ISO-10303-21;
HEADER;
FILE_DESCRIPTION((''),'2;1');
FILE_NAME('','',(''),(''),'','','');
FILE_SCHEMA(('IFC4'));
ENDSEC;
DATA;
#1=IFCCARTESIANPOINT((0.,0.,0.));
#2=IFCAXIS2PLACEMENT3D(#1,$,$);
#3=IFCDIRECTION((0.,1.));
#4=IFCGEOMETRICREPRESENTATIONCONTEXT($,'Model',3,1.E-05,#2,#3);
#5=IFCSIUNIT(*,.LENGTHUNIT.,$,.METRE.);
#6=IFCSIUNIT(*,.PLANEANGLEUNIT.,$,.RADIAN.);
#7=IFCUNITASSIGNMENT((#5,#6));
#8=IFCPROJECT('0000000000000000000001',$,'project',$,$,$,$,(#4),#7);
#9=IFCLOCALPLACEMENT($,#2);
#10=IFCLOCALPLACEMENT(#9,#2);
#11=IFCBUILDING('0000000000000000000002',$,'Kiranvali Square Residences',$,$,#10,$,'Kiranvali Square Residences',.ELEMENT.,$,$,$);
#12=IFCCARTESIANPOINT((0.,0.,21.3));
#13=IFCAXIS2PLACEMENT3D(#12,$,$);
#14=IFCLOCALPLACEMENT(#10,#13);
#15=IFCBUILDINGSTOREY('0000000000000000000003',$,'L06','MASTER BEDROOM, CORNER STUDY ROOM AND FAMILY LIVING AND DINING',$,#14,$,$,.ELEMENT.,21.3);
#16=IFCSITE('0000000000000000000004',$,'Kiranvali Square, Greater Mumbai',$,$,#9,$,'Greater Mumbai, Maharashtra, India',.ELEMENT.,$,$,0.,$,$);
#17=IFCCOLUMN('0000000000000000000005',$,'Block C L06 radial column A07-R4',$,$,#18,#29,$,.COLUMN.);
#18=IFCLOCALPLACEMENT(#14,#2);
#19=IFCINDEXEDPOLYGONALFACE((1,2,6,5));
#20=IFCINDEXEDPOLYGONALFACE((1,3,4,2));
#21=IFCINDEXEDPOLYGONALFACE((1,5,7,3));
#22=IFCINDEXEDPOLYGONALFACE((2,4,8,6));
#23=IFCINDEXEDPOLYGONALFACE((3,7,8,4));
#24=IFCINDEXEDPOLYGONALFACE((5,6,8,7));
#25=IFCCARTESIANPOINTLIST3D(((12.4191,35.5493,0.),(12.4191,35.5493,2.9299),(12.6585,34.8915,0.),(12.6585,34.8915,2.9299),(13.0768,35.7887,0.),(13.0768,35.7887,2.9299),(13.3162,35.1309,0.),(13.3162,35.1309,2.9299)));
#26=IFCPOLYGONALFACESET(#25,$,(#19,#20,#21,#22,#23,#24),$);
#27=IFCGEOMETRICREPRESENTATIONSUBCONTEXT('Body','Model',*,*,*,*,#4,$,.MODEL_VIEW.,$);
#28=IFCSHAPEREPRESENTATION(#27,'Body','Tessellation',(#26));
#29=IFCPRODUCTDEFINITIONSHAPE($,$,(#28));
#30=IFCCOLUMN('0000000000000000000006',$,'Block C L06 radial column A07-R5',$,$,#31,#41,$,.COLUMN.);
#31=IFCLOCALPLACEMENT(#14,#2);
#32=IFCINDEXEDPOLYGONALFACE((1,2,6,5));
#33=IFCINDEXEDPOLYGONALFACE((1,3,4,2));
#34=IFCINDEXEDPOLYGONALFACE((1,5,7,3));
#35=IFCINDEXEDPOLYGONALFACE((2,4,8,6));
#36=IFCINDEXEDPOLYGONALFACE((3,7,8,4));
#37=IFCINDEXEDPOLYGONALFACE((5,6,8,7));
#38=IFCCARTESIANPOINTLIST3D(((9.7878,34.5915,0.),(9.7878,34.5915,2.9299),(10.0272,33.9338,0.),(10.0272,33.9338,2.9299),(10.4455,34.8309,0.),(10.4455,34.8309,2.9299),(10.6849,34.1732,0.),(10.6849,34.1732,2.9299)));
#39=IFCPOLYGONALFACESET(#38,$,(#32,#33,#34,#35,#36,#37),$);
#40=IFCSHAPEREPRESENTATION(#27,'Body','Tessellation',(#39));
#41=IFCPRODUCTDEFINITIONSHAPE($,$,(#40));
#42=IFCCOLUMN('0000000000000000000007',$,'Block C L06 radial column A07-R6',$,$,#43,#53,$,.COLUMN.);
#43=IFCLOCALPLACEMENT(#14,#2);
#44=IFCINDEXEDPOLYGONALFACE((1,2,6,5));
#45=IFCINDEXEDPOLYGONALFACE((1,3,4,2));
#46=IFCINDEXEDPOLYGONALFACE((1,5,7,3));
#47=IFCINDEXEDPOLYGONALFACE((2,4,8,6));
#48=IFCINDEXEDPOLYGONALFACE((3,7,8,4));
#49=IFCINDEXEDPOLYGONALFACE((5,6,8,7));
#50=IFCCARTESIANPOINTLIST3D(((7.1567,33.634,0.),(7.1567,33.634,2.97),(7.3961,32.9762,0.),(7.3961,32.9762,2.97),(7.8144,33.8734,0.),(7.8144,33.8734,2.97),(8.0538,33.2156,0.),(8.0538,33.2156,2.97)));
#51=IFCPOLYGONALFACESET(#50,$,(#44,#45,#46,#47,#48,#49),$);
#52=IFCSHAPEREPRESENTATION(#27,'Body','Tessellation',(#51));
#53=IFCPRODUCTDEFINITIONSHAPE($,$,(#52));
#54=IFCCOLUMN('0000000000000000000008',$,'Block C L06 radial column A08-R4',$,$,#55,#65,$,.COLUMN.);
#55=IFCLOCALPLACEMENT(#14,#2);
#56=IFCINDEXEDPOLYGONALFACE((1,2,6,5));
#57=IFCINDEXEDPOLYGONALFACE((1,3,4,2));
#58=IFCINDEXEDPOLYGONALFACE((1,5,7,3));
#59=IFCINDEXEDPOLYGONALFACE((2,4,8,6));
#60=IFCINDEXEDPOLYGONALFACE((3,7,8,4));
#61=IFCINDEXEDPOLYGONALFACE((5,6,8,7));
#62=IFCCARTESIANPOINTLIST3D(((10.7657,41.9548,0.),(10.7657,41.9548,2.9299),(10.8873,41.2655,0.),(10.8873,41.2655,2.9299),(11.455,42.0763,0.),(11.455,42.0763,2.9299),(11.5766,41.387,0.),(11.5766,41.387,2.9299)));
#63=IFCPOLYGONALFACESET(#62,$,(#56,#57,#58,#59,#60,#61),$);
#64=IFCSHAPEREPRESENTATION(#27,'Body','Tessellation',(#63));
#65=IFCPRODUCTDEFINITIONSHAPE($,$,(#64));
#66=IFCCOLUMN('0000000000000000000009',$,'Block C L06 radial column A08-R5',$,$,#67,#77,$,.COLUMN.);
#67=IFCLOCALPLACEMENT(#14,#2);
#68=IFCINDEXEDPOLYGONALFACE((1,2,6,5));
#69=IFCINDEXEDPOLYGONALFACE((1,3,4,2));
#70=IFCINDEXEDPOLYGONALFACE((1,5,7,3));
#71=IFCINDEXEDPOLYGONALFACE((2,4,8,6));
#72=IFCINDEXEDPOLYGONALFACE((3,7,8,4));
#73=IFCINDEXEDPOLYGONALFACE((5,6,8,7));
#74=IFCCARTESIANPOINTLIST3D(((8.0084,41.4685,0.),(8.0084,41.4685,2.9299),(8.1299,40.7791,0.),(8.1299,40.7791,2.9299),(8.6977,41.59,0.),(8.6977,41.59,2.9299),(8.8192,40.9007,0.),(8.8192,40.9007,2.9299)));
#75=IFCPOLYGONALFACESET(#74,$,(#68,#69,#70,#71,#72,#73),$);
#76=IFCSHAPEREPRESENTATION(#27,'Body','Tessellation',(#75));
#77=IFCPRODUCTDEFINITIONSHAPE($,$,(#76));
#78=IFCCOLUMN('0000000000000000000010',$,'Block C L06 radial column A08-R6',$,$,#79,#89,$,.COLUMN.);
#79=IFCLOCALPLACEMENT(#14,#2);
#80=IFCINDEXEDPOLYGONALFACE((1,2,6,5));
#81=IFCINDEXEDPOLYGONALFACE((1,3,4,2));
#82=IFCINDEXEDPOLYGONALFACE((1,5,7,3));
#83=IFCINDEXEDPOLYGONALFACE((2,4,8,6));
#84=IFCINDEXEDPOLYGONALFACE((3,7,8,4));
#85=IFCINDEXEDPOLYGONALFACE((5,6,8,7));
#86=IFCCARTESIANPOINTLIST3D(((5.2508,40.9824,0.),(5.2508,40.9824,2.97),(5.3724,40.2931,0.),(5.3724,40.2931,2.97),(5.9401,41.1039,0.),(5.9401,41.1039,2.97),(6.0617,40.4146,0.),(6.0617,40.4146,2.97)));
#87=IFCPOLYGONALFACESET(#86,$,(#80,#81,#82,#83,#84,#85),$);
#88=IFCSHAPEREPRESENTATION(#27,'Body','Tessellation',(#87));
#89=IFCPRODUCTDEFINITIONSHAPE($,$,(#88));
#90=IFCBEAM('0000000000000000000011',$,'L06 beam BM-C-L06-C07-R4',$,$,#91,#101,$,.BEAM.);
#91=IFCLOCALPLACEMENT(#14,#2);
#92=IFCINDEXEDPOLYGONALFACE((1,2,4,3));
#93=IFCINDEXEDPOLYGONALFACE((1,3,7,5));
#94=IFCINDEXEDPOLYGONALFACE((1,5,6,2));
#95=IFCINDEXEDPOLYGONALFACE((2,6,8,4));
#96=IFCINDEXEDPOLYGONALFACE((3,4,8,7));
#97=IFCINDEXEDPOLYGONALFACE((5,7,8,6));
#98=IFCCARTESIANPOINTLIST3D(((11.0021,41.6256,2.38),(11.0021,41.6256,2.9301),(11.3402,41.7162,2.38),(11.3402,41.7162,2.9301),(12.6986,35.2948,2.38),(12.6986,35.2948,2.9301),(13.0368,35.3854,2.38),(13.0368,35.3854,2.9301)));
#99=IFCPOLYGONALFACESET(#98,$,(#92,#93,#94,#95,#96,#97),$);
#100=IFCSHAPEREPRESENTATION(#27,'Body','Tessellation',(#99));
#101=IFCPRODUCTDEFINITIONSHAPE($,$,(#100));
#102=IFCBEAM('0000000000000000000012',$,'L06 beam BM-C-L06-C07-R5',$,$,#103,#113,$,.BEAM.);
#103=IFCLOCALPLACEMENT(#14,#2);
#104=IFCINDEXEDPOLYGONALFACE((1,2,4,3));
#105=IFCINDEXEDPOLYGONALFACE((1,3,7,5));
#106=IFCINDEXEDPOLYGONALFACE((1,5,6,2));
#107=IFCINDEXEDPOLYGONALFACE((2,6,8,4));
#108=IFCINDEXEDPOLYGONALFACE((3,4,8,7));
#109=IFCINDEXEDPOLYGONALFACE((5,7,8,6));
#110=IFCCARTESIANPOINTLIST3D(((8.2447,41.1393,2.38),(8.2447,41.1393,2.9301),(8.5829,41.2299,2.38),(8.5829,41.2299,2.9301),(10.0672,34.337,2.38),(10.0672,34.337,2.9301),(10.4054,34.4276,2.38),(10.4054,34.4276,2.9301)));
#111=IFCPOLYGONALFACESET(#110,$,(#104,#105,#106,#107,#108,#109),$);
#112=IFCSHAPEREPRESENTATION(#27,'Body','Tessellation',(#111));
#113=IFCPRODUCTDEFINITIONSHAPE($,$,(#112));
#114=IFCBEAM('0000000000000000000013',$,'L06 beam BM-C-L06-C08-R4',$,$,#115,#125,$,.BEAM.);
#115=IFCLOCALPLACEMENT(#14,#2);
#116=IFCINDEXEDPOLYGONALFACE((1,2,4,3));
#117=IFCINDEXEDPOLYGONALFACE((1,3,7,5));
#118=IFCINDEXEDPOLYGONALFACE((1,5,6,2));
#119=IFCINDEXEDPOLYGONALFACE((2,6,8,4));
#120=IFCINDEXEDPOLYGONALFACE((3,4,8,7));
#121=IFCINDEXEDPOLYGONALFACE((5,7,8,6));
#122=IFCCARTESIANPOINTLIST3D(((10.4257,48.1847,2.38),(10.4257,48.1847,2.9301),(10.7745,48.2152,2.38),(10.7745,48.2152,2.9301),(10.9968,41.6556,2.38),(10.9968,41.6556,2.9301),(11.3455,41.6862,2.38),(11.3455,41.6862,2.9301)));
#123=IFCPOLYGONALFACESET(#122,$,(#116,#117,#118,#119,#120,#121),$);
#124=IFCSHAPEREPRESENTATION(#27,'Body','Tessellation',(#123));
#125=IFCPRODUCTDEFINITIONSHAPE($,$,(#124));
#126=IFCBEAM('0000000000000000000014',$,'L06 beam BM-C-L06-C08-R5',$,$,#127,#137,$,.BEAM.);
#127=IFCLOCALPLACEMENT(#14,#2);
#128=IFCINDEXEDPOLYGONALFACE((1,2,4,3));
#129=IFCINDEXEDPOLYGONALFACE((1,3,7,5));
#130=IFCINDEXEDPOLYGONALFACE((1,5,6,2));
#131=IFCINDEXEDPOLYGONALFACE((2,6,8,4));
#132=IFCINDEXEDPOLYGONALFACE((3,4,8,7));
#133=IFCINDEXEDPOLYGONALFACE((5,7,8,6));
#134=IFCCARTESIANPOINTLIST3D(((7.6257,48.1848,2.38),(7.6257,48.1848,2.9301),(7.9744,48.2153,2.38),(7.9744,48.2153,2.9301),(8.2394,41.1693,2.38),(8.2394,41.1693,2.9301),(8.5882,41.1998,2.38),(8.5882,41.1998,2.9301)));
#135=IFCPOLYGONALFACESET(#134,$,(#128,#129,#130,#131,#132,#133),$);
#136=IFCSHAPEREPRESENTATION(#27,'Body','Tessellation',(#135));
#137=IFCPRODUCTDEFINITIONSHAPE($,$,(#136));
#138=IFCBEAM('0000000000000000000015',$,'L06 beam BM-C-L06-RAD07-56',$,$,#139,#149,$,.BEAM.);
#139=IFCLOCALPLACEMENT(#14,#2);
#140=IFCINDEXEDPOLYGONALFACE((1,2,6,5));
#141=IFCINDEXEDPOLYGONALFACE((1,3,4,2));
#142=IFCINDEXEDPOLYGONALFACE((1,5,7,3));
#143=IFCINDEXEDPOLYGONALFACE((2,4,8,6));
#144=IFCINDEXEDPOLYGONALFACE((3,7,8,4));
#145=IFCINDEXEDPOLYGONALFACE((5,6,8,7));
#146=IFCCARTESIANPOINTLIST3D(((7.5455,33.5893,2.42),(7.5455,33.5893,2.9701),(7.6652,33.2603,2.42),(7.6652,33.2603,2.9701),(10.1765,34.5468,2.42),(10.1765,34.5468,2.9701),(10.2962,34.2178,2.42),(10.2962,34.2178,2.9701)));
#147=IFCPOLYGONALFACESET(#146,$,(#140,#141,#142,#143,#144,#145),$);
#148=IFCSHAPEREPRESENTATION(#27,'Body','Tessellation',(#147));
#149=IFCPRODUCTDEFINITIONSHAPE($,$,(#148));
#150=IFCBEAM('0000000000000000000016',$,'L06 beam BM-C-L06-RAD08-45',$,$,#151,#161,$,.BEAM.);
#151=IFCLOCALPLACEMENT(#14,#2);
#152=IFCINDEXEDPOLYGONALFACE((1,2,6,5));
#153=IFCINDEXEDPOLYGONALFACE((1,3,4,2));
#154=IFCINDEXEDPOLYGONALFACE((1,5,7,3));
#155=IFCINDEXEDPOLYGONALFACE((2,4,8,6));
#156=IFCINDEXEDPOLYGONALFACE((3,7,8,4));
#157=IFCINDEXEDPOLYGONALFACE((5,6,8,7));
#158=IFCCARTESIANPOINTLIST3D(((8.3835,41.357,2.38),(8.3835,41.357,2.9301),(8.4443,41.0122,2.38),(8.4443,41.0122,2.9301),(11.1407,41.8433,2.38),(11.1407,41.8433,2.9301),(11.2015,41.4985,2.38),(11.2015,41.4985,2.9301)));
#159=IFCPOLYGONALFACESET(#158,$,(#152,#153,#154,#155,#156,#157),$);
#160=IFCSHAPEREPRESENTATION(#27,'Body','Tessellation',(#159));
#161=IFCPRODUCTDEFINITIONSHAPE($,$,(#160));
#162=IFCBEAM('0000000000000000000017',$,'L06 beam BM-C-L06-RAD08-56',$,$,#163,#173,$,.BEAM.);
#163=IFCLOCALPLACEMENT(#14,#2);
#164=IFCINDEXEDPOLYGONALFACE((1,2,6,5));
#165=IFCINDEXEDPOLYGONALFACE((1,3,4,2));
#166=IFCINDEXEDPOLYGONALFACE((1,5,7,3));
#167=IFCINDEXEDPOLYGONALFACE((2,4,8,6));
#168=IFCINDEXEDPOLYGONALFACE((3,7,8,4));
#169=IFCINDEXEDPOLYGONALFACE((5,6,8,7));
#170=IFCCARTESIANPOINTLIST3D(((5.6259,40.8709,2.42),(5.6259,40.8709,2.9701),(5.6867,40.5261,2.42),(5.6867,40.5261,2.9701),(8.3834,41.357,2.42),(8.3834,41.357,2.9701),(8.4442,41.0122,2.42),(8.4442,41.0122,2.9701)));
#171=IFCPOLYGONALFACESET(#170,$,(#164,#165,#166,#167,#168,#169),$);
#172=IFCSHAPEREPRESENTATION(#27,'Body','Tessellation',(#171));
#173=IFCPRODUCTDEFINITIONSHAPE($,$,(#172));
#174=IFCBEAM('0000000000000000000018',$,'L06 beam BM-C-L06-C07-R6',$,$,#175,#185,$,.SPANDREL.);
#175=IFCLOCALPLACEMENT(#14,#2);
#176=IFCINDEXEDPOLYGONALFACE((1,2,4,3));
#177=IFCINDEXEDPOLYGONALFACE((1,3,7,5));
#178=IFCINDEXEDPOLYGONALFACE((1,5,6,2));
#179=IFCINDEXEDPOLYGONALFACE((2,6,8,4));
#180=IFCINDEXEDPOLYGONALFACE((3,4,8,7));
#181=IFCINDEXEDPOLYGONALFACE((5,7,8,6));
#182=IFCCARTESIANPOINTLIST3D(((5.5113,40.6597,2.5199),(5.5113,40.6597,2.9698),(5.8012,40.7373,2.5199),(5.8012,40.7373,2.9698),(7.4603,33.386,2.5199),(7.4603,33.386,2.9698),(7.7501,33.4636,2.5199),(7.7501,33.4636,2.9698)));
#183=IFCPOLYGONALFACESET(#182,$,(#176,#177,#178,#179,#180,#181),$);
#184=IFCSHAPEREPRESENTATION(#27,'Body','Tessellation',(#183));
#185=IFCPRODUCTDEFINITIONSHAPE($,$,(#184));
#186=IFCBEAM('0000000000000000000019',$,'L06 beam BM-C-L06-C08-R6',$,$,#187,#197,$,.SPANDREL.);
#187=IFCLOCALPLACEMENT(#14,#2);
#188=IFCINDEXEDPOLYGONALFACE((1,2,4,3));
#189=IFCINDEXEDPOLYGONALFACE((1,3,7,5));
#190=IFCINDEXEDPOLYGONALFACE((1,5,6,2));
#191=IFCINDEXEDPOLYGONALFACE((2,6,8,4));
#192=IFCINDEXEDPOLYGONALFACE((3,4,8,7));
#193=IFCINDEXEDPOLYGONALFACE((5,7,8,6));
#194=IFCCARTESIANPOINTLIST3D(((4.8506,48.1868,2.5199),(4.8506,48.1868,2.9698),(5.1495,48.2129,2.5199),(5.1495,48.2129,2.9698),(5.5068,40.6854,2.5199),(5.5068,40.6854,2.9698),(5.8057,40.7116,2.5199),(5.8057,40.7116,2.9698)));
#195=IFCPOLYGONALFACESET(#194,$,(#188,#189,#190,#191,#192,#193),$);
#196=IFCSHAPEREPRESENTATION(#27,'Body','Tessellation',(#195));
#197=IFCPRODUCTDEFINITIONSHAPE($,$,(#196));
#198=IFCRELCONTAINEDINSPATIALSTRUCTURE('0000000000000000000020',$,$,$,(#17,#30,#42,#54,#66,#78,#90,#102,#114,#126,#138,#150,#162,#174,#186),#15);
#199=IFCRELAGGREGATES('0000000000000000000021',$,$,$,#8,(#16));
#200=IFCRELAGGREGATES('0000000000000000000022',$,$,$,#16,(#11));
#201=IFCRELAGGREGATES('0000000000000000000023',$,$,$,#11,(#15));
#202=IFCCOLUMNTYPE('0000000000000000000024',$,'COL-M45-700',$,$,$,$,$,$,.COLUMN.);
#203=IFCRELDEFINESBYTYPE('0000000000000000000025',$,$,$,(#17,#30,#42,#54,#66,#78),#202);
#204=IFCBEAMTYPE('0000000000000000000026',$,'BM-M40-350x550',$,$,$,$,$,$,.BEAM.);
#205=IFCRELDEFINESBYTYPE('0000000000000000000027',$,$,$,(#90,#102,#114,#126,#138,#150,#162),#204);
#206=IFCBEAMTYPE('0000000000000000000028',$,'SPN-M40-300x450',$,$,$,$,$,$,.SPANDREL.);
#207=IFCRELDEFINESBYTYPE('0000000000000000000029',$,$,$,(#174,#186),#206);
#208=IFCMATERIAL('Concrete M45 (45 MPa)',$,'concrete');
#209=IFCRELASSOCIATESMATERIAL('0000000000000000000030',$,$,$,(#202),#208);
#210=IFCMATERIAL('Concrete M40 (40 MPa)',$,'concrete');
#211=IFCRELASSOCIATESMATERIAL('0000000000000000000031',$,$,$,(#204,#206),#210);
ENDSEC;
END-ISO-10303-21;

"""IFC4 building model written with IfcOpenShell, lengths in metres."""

from ifc_helpers import new_model, si_unit, direction, frame, origin, origin_2d, place, context, subcontext, project, spatial, rectangle, extrude, material, material_profile, profile_set, type_object, element, save


model = new_model("IFC4")

# Units and contexts
model_context = context("Model", 3, precision=1e-05, world=origin(), true_north=direction((0.0, 1.0)))
body_context = subcontext(model_context, "Body", "Model", "MODEL_VIEW")
ifc_project = project(units=[si_unit("LENGTHUNIT", "METRE"), si_unit("PLANEANGLEUNIT", "RADIAN")], contexts=[model_context])

# Site, building, storey
site_placement = place(None, origin())
site = spatial("IfcSite", under=ifc_project, at=site_placement, Name="Kiranvali Square, Greater Mumbai", LongName="Greater Mumbai, Maharashtra, India", CompositionType="ELEMENT", RefElevation=0.0)
building_placement = place(site_placement, origin())
building = spatial("IfcBuilding", under=site, at=building_placement, Name="Kiranvali Square Residences", LongName="Kiranvali Square Residences", CompositionType="ELEMENT")
storey_placement = place(building_placement, frame((0.0, 0.0, 21.3)))
storey = spatial("IfcBuildingStorey", under=building, at=storey_placement, Name="L06", Description="MASTER BEDROOM, CORNER STUDY ROOM AND FAMILY LIVING AND DINING", CompositionType="ELEMENT", Elevation=21.3)

# Columns
ifc_material_1 = material(Name="Concrete M45 (45 MPa)", Category="concrete")
ifc_material_profile_1 = material_profile(ifc_material_1, rectangle(XDim=0.7, YDim=0.7, at=origin_2d()), Name="RC 700x700")
ifc_profile_set_1 = profile_set([ifc_material_profile_1], Name="Concrete M45 (45 MPa)")
column_type = type_object("IfcColumnType", Name="COL-M45-700", PredefinedType="COLUMN", material=ifc_profile_set_1)
for number, where, z_axis, x_axis, name in (
    (1, (12.8677, 35.3401, 0.0), (0.0, 0.0, 1.0), (-0.34202, 0.939693, 0.0), "Block C L06 radial column A07-R4"),
    (2, (10.2363, 34.3823, 0.0), (0.0, 0.0, 1.0), (-0.34202, 0.939693, 0.0), "Block C L06 radial column A07-R5"),
):
    element("IfcColumn", number, at=place(storey_placement, frame(where, z_axis=z_axis, x_axis=x_axis)), inside=storey, type_object=column_type, Name=name, PredefinedType="COLUMN", context=body_context, shape_type="SweptSolid", body=[
        extrude(rectangle(XDim=0.7, YDim=0.7, at=origin_2d()), origin(), (0.0, 0.0, 1.0), 2.9299),
    ])
column_1_placement = place(storey_placement, frame((7.6052, 33.4248, 0.0), z_axis=(0.0, 0.0, 1.0), x_axis=(-0.34202, 0.939693, 0.0)))
element("IfcColumn", 3, at=column_1_placement, inside=storey, type_object=column_type, Name="Block C L06 radial column A07-R6", PredefinedType="COLUMN", context=body_context, shape_type="SweptSolid", body=[
    extrude(rectangle(XDim=0.7, YDim=0.7, at=origin_2d()), origin(), (0.0, 0.0, 1.0), 2.97),
])
for number, where, z_axis, x_axis, name in (
    (4, (11.1711, 41.6709, 0.0), (0.0, 0.0, 1.0), (-0.173648, 0.984808, 0.0), "Block C L06 radial column A08-R4"),
    (5, (8.4138, 41.1846, 0.0), (0.0, 0.0, 1.0), (-0.173648, 0.984808, 0.0), "Block C L06 radial column A08-R5"),
):
    element("IfcColumn", number, at=place(storey_placement, frame(where, z_axis=z_axis, x_axis=x_axis)), inside=storey, type_object=column_type, Name=name, PredefinedType="COLUMN", context=body_context, shape_type="SweptSolid", body=[
        extrude(rectangle(XDim=0.7, YDim=0.7, at=origin_2d()), origin(), (0.0, 0.0, 1.0), 2.9299),
    ])
column_2_placement = place(storey_placement, frame((5.6562, 40.6985, 0.0), z_axis=(0.0, 0.0, 1.0), x_axis=(-0.173648, 0.984808, 0.0)))
element("IfcColumn", 6, at=column_2_placement, inside=storey, type_object=column_type, Name="Block C L06 radial column A08-R6", PredefinedType="COLUMN", context=body_context, shape_type="SweptSolid", body=[
    extrude(rectangle(XDim=0.7, YDim=0.7, at=origin_2d()), origin(), (0.0, 0.0, 1.0), 2.97),
])

# Beams
ifc_material_2 = material(Name="Concrete M40 (40 MPa)", Category="concrete")
ifc_material_profile_2 = material_profile(ifc_material_2, rectangle(XDim=0.3501, YDim=0.55, at=origin_2d()), Name="RC 350x550")
ifc_profile_set_2 = profile_set([ifc_material_profile_2], Name="Concrete M40 (40 MPa)")
beam_type_1 = type_object("IfcBeamType", Name="BM-M40-350x550", PredefinedType="BEAM", material=ifc_profile_set_2)
beam_1_placement = place(storey_placement, frame((12.8677, 35.3401, 2.655), z_axis=(-0.258847, 0.965918, 0.0), x_axis=(-0.965918, -0.258847, 0.0)))
element("IfcBeam", 7, at=beam_1_placement, inside=storey, type_object=beam_type_1, Name="L06 beam BM-C-L06-C07-R4", PredefinedType="BEAM", context=body_context, shape_type="SweptSolid", body=[
    extrude(rectangle(XDim=0.3501, YDim=0.55, at=origin_2d()), origin(), (0.0, 0.0, 1.0), 6.5542),
])
beam_2_placement = place(storey_placement, frame((10.2363, 34.3823, 2.655), z_axis=(-0.2588, 0.965931, 0.0), x_axis=(-0.965931, -0.2588, 0.0)))
element("IfcBeam", 8, at=beam_2_placement, inside=storey, type_object=beam_type_1, Name="L06 beam BM-C-L06-C07-R5", PredefinedType="BEAM", context=body_context, shape_type="SweptSolid", body=[
    extrude(rectangle(XDim=0.3501, YDim=0.55, at=origin_2d()), origin(), (0.0, 0.0, 1.0), 7.0422),
])
beam_3_placement = place(storey_placement, frame((11.1711, 41.6709, 2.655), z_axis=(-0.08713, 0.996197, 0.0), x_axis=(-0.996197, -0.08713, 0.0)))
element("IfcBeam", 9, at=beam_3_placement, inside=storey, type_object=beam_type_1, Name="L06 beam BM-C-L06-C08-R4", PredefinedType="BEAM", context=body_context, shape_type="SweptSolid", body=[
    extrude(rectangle(XDim=0.3501, YDim=0.55, at=origin_2d()), origin(), (0.0, 0.0, 1.0), 6.554),
])
beam_4_placement = place(storey_placement, frame((8.4138, 41.1846, 2.655), z_axis=(-0.087156, 0.996195, 0.0), x_axis=(-0.996195, -0.087156, 0.0)))
element("IfcBeam", 10, at=beam_4_placement, inside=storey, type_object=beam_type_1, Name="L06 beam BM-C-L06-C08-R5", PredefinedType="BEAM", context=body_context, shape_type="SweptSolid", body=[
    extrude(rectangle(XDim=0.3501, YDim=0.55, at=origin_2d()), origin(), (0.0, 0.0, 1.0), 7.0422),
])
for number, where, z_axis, x_axis, name in (
    (11, (10.2363, 34.3823, 2.6951), (-0.939707, -0.341981, 0.0), (0.341981, -0.939707, 0.0), "L06 beam BM-C-L06-RAD07-56"),
    (12, (11.1711, 41.6709, 2.655), (-0.984799, -0.173696, 0.0), (0.173696, -0.984799, 0.0), "L06 beam BM-C-L06-RAD08-45"),
):
    element("IfcBeam", number, at=place(storey_placement, frame(where, z_axis=z_axis, x_axis=x_axis)), inside=storey, type_object=beam_type_1, Name=name, PredefinedType="BEAM", context=body_context, shape_type="SweptSolid", body=[
        extrude(rectangle(XDim=0.3501, YDim=0.55, at=origin_2d()), origin(), (0.0, 0.0, 1.0), 2.7998),
    ])
beam_5_placement = place(storey_placement, frame((8.4138, 41.1846, 2.6951), z_axis=(-0.984817, -0.173596, 0.0), x_axis=(0.173596, -0.984817, 0.0)))
element("IfcBeam", 13, at=beam_5_placement, inside=storey, type_object=beam_type_1, Name="L06 beam BM-C-L06-RAD08-56", PredefinedType="BEAM", context=body_context, shape_type="SweptSolid", body=[
    extrude(rectangle(XDim=0.3501, YDim=0.55, at=origin_2d()), origin(), (0.0, 0.0, 1.0), 2.8),
])
ifc_material_profile_3 = material_profile(ifc_material_2, rectangle(XDim=0.3, YDim=0.45, at=origin_2d()), Name="RC 300x450")
ifc_profile_set_3 = profile_set([ifc_material_profile_3], Name="Concrete M40 (40 MPa)")
beam_type_2 = type_object("IfcBeamType", Name="SPN-M40-300x450", PredefinedType="SPANDREL", material=ifc_profile_set_3)
beam_6_placement = place(storey_placement, frame((7.6052, 33.4248, 2.7449), z_axis=(-0.258819, 0.965926, 0.0), x_axis=(-0.965926, -0.258819, 0.0)))
element("IfcBeam", 14, at=beam_6_placement, inside=storey, type_object=beam_type_2, Name="L06 beam BM-C-L06-C07-R6", PredefinedType="SPANDREL", context=body_context, shape_type="SweptSolid", body=[
    extrude(rectangle(XDim=0.3, YDim=0.45, at=origin_2d()), origin(), (0.0, 0.0, 1.0), 7.5303),
])
beam_7_placement = place(storey_placement, frame((5.6562, 40.6985, 2.7449), z_axis=(-0.08715, 0.996195, 0.0), x_axis=(-0.996195, -0.08715, 0.0)))
element("IfcBeam", 15, at=beam_7_placement, inside=storey, type_object=beam_type_2, Name="L06 beam BM-C-L06-C08-R6", PredefinedType="SPANDREL", context=body_context, shape_type="SweptSolid", body=[
    extrude(rectangle(XDim=0.3, YDim=0.45, at=origin_2d()), origin(), (0.0, 0.0, 1.0), 7.53),
])

save(model, "model.ifc")
